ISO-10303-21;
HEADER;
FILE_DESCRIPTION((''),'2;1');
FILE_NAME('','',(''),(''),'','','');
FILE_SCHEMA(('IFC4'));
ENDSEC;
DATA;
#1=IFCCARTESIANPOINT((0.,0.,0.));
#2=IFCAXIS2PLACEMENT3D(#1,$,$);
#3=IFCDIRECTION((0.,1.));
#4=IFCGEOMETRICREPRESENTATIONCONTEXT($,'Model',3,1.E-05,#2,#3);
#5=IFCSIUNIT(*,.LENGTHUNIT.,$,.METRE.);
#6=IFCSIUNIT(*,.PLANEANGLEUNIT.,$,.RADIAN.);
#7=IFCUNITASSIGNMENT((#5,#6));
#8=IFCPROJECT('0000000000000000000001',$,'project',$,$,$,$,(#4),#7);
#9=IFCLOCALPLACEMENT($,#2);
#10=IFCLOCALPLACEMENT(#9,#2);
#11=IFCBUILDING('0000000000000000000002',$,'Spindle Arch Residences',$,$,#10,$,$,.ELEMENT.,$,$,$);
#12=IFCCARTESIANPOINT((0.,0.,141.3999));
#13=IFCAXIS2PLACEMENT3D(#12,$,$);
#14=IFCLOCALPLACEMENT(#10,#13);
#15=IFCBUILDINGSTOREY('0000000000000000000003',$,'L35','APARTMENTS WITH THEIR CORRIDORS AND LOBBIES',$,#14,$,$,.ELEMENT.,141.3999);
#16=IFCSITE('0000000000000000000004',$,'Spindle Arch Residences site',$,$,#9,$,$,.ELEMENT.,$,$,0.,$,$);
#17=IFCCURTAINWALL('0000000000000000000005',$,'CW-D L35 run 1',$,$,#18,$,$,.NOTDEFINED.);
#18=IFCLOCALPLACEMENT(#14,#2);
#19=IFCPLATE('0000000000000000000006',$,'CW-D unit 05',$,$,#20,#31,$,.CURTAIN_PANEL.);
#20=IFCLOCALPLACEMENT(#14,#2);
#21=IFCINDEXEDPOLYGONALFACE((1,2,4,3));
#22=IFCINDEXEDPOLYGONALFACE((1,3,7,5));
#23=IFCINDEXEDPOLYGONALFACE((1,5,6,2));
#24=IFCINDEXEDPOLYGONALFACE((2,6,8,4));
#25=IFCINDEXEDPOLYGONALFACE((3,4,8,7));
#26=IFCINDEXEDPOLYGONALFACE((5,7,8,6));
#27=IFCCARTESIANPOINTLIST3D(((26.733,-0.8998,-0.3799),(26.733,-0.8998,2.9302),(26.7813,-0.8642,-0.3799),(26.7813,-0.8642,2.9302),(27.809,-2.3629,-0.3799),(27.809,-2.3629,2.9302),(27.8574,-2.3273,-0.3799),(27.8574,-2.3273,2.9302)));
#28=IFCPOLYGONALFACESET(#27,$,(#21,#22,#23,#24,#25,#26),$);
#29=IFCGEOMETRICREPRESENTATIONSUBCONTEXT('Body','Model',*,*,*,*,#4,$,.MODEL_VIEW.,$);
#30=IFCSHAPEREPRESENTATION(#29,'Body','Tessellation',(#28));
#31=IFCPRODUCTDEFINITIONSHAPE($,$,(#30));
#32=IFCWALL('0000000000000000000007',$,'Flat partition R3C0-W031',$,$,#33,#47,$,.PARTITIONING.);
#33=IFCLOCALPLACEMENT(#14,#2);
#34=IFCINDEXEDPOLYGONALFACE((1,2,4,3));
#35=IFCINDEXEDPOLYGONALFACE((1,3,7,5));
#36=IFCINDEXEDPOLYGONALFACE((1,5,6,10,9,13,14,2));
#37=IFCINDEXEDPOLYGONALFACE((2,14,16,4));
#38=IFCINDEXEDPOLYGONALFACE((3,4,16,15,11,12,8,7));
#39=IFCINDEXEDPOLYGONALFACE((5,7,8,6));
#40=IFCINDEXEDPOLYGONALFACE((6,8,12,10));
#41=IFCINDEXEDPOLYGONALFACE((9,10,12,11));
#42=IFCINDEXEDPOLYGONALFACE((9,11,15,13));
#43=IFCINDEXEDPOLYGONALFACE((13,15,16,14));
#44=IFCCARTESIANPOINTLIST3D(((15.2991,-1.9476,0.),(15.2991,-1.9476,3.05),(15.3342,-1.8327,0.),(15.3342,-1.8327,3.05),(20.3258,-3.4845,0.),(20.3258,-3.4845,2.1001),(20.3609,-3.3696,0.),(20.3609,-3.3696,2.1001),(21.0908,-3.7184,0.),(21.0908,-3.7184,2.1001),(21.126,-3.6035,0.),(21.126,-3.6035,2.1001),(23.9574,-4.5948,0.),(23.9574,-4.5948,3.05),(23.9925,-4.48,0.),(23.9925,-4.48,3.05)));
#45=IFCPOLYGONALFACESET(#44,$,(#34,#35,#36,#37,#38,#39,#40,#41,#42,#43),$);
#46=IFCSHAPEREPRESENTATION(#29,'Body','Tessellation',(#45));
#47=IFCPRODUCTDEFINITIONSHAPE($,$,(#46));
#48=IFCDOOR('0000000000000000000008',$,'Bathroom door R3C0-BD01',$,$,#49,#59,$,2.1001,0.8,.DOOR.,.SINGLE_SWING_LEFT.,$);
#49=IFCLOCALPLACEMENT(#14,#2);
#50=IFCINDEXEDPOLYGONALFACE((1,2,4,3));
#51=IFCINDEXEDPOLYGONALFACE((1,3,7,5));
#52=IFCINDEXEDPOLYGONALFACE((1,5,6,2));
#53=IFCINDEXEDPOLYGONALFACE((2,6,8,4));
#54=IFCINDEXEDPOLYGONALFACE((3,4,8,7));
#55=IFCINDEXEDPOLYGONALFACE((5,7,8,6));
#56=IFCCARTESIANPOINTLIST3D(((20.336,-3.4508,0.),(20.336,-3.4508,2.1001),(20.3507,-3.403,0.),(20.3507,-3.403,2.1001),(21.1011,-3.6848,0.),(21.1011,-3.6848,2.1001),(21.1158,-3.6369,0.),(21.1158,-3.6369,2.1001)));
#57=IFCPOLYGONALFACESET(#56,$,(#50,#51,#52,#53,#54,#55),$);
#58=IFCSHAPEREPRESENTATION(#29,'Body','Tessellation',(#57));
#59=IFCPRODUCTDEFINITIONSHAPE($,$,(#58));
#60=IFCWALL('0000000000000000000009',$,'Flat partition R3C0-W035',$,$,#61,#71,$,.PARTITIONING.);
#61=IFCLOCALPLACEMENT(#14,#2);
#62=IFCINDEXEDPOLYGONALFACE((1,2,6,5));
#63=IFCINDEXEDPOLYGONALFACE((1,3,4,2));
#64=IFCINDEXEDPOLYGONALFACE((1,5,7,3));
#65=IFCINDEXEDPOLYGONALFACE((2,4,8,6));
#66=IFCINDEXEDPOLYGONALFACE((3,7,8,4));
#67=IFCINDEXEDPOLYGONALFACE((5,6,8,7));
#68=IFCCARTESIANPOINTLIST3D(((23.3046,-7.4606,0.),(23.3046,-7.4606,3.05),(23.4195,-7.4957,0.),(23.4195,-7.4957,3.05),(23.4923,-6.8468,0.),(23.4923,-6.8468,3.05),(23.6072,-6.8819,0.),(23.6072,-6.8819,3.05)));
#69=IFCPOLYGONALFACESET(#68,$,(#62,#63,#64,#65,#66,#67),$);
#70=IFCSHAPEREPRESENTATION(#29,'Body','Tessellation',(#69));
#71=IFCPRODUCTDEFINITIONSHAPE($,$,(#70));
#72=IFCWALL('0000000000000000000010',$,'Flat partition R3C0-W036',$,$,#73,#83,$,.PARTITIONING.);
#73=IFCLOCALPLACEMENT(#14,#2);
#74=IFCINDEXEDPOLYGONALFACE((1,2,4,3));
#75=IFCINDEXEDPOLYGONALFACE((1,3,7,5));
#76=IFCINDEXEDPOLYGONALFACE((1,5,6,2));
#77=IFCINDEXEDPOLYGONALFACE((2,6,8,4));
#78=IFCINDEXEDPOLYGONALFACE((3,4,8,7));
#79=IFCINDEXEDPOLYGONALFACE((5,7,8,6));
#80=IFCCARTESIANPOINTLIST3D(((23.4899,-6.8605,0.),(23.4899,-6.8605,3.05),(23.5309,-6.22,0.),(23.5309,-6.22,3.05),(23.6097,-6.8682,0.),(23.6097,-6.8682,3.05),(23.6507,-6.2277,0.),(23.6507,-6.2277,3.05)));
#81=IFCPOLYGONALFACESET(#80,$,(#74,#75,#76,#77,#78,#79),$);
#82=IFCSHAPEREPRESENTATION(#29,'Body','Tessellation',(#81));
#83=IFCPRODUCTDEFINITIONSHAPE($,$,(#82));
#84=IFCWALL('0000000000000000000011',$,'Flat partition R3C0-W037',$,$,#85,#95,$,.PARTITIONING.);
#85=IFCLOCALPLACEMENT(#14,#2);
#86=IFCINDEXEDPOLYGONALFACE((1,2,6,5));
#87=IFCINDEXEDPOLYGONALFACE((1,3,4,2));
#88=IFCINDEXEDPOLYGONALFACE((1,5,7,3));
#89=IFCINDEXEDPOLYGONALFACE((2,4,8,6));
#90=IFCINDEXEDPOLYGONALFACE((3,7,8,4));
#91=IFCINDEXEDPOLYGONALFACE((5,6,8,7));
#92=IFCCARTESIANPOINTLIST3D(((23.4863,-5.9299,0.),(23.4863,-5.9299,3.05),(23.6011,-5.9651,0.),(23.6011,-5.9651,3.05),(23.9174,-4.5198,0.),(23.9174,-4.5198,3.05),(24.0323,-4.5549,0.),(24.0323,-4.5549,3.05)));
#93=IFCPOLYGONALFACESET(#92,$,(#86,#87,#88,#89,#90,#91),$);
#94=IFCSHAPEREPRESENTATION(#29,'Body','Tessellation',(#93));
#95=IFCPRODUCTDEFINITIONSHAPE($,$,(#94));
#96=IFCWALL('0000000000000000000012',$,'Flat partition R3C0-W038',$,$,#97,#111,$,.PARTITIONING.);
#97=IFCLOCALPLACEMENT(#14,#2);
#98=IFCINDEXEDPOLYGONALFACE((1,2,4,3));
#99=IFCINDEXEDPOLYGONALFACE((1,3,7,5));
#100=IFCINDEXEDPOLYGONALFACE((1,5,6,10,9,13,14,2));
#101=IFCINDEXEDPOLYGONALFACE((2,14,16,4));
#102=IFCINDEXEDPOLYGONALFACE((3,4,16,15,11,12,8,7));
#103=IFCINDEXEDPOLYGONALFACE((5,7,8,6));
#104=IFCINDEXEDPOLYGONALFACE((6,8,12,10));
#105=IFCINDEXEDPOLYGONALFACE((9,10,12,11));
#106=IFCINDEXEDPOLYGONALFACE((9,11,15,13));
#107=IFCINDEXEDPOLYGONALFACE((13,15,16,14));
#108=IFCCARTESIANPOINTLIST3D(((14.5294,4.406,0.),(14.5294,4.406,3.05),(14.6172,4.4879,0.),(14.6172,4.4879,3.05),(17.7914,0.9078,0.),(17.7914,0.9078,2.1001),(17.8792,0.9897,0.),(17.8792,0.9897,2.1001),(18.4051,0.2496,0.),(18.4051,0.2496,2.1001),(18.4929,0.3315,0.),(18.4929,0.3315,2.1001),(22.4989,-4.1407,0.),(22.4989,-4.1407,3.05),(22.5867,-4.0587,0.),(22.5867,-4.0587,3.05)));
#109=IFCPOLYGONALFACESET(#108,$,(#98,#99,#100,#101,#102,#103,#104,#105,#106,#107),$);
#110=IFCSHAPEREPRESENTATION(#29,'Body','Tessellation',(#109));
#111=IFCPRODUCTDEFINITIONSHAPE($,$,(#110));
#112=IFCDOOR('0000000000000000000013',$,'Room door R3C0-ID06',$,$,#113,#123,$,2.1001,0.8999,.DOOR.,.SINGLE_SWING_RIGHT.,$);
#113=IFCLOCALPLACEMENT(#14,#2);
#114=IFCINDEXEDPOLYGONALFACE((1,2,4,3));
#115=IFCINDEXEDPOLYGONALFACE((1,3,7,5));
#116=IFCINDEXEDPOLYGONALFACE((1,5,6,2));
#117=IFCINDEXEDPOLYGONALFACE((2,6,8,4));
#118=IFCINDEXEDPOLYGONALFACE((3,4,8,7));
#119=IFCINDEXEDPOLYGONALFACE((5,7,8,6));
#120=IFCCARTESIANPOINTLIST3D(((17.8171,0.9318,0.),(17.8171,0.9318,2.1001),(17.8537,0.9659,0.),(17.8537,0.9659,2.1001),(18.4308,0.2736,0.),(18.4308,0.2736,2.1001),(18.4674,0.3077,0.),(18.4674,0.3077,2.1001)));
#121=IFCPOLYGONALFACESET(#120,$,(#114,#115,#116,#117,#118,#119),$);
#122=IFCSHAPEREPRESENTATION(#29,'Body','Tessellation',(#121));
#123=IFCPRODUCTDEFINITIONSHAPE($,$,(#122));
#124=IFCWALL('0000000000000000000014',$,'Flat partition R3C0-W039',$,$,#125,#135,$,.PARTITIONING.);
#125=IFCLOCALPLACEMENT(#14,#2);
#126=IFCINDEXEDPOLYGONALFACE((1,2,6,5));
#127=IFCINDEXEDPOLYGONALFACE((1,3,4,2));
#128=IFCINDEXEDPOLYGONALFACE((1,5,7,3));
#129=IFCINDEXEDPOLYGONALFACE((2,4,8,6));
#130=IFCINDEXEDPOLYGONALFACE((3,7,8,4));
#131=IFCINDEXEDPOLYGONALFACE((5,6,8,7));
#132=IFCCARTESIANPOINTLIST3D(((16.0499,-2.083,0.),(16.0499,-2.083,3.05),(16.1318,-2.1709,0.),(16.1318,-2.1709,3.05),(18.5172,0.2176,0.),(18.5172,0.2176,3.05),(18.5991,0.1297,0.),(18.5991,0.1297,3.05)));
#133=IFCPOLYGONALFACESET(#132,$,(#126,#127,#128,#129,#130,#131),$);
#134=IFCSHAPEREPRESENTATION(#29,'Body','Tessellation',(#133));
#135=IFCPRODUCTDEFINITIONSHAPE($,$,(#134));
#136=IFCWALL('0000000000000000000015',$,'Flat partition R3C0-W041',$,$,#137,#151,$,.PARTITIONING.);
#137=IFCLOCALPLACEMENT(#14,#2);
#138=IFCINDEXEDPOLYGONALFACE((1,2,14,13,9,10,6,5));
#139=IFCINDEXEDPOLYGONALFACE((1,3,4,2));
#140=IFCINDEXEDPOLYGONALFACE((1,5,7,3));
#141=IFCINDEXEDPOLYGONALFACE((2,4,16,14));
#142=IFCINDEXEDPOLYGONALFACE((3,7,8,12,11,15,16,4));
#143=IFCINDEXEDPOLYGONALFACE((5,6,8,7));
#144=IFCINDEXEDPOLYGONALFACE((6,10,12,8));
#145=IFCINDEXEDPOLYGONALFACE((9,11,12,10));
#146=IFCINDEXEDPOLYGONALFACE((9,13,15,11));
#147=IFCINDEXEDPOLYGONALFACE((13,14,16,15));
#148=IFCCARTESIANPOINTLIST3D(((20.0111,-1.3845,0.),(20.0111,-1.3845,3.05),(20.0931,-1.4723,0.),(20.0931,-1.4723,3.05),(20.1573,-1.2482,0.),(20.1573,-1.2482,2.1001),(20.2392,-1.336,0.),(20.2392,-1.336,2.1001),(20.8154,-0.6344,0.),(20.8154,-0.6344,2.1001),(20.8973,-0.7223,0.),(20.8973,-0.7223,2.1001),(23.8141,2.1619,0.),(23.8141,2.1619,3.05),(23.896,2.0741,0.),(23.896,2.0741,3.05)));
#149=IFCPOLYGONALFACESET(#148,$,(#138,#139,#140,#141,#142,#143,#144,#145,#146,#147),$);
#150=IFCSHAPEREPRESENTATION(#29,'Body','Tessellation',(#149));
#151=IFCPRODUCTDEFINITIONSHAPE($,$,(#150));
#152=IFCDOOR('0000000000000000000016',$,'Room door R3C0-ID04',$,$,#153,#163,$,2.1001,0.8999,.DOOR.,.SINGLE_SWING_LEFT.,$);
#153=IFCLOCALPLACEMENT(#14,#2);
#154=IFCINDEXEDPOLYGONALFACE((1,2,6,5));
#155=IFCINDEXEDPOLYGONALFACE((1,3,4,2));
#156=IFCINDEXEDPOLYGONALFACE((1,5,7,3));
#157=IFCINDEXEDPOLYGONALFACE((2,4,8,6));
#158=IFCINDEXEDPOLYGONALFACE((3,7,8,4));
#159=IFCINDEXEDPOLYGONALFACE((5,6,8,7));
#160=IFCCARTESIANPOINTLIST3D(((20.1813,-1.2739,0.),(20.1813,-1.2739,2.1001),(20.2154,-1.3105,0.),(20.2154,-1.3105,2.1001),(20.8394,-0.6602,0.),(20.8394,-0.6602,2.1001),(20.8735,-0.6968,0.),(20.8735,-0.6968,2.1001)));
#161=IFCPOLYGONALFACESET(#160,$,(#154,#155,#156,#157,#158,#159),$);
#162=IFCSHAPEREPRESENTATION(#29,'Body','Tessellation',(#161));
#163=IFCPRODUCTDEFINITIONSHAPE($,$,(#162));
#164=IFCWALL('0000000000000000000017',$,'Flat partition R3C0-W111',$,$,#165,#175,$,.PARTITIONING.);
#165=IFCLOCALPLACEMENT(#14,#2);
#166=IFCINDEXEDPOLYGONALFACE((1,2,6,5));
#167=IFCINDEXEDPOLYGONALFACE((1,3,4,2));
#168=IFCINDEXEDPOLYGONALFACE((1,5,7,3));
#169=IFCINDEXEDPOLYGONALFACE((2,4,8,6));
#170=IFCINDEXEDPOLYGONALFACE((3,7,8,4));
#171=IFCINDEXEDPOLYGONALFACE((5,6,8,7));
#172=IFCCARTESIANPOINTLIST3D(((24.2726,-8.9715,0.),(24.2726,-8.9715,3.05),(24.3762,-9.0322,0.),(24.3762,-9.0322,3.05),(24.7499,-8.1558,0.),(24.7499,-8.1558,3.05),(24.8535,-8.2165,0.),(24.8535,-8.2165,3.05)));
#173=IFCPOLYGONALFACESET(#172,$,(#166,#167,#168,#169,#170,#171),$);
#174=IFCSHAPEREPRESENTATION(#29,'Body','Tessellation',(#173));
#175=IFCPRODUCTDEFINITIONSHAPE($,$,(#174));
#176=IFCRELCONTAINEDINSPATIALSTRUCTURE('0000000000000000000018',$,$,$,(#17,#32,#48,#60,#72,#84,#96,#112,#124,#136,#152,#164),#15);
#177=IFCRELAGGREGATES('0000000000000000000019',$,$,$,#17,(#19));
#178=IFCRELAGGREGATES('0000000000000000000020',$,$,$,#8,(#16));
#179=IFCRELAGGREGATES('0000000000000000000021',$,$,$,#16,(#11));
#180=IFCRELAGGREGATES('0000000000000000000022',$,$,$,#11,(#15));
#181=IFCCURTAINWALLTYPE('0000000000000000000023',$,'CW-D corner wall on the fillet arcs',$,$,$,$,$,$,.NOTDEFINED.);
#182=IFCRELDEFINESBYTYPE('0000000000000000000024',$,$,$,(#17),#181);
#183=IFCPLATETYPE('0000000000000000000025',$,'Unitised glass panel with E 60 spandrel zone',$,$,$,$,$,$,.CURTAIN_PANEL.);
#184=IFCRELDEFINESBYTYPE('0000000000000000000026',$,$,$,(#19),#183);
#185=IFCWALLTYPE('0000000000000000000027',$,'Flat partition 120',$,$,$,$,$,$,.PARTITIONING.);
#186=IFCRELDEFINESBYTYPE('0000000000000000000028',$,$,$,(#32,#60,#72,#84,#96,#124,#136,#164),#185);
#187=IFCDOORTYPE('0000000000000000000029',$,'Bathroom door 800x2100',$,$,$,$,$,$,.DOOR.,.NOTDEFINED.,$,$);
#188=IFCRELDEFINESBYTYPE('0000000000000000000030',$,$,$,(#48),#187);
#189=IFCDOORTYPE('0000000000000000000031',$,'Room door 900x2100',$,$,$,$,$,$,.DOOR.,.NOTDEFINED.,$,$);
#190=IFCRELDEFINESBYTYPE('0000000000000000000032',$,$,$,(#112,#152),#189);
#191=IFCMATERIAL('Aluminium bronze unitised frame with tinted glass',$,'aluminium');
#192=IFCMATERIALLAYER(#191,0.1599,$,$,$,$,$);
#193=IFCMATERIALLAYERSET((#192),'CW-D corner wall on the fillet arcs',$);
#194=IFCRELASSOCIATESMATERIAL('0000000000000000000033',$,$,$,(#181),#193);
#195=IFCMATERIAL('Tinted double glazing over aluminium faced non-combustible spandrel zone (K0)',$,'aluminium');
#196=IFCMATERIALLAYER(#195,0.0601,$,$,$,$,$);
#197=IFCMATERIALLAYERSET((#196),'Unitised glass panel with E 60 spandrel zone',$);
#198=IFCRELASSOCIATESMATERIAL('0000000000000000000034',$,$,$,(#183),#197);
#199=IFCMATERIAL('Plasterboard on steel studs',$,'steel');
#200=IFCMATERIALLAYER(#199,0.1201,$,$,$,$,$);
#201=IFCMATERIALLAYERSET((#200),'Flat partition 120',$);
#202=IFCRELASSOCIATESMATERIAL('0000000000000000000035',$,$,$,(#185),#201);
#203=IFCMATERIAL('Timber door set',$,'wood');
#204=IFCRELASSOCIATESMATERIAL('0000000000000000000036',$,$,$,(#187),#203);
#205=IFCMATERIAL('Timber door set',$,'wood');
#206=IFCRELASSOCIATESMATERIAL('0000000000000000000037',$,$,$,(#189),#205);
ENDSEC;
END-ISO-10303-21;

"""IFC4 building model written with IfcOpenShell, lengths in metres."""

from ifc_helpers import new_model, si_unit, direction, frame, frame_2d, origin, origin_2d, place, context, subcontext, project, spatial, rectangle, extrude, material, layer, layer_set, type_object, element, fill, aggregate, save


model = new_model("IFC4")

# Units and contexts
model_context = context("Model", 3, precision=1e-05, world=origin(), true_north=direction((0.0, 1.0)))
body_context = subcontext(model_context, "Body", "Model", "MODEL_VIEW")
ifc_project = project(units=[si_unit("LENGTHUNIT", "METRE"), si_unit("PLANEANGLEUNIT", "RADIAN")], contexts=[model_context])

# Site, building, storey
site_placement = place(None, origin())
site = spatial("IfcSite", under=ifc_project, at=site_placement, Name="Spindle Arch Residences site", CompositionType="ELEMENT", RefElevation=0.0)
building_placement = place(site_placement, origin())
building = spatial("IfcBuilding", under=site, at=building_placement, Name="Spindle Arch Residences", CompositionType="ELEMENT")
storey_placement = place(building_placement, frame((0.0, 0.0, 141.3999)))
storey = spatial("IfcBuildingStorey", under=building, at=storey_placement, Name="L35", Description="APARTMENTS WITH THEIR CORRIDORS AND LOBBIES", CompositionType="ELEMENT", Elevation=141.3999)

# Curtain wall
ifc_material_1 = material(Name="Aluminium bronze unitised frame with tinted glass", Category="aluminium")
ifc_layer_1 = layer(ifc_material_1, 0.1599)
ifc_layer_set_1 = layer_set([ifc_layer_1], Name="CW-D corner wall on the fillet arcs")
curtain_wall_type = type_object("IfcCurtainWallType", Name="CW-D corner wall on the fillet arcs", PredefinedType="NOTDEFINED", material=ifc_layer_set_1)
curtain_wall_placement = place(storey_placement, origin())
curtain_wall = element("IfcCurtainWall", 1, at=curtain_wall_placement, inside=storey, type_object=curtain_wall_type, Name="CW-D L35 run 1", PredefinedType="NOTDEFINED")

# Plate
ifc_material_2 = material(Name="Tinted double glazing over aluminium faced non-combustible spandrel zone (K0)", Category="aluminium")
ifc_layer_2 = layer(ifc_material_2, 0.0601)
ifc_layer_set_2 = layer_set([ifc_layer_2], Name="Unitised glass panel with E 60 spandrel zone")
plate_type = type_object("IfcPlateType", Name="Unitised glass panel with E 60 spandrel zone", PredefinedType="CURTAIN_PANEL", material=ifc_layer_set_2)
plate_1_placement = place(storey_placement, frame((27.2952, -1.6135, -0.3799), z_axis=(0.0, 0.0, 1.0), x_axis=(-0.592482, 0.805584, 0.0)))
plate_1 = element("IfcPlate", 2, at=plate_1_placement, type_object=plate_type, Name="CW-D unit 05", PredefinedType="CURTAIN_PANEL", context=body_context, shape_type="SweptSolid", body=[
    extrude(rectangle(XDim=1.8162, YDim=0.0601, at=origin_2d()), origin(), (0.0, 0.0, 1.0), 3.3101),
])
aggregate(curtain_wall, [plate_1])

# Wall, opening, door
ifc_material_3 = material(Name="Plasterboard on steel studs", Category="steel")
ifc_layer_3 = layer(ifc_material_3, 0.1201)
ifc_layer_set_3 = layer_set([ifc_layer_3], Name="Flat partition 120")
wall_type_1 = type_object("IfcWallType", Name="Flat partition 120", PredefinedType="PARTITIONING", material=ifc_layer_set_3)
wall_1_placement = place(storey_placement, frame((23.9749, -4.5374, 0.0), z_axis=(0.0, 0.0, 1.0), x_axis=(-0.9563, 0.292386, 0.0)))
wall_1 = element("IfcWall", 3, at=wall_1_placement, inside=storey, type_object=wall_type_1, Name="Flat partition R3C0-W031", PredefinedType="PARTITIONING", context=body_context, shape_type="SweptSolid", body=[
    extrude(rectangle(XDim=9.054, YDim=0.1201, at=frame_2d((4.5269, 0.0))), origin(), (0.0, 0.0, 1.0), 3.05),
])
opening_1_placement = place(wall_1_placement, frame((2.9976, 0.0, 0.0)))
opening_1 = element("IfcOpeningElement", 4, at=opening_1_placement, cuts=wall_1, PredefinedType="OPENING", context=body_context, shape_type="SweptSolid", body=[
    extrude(rectangle(XDim=0.8, YDim=2.1001, at=frame_2d((0.3999, 1.05))), frame((0.0, 0.0701, 0.0), z_axis=(0.0, -1.0, 0.0), x_axis=(1.0, 0.0, 0.0)), (0.0, 0.0, 1.0), 0.1401),
])
ifc_material_4 = material(Name="Timber door set", Category="wood")
door_type_1 = type_object("IfcDoorType", Name="Bathroom door 800x2100", OperationType="NOTDEFINED", PredefinedType="DOOR", material=ifc_material_4)
door_1_placement = place(opening_1_placement, origin())
door_1 = element("IfcDoor", 5, at=door_1_placement, inside=storey, type_object=door_type_1, Name="Bathroom door R3C0-BD01", OperationType="SINGLE_SWING_LEFT", OverallHeight=2.1001, OverallWidth=0.8, PredefinedType="DOOR", context=body_context, shape_type="SweptSolid", body=[
    extrude(rectangle(XDim=0.8, YDim=2.1001, at=frame_2d((0.3999, 1.05))), frame((0.0, 0.0249, 0.0), z_axis=(0.0, -1.0, 0.0), x_axis=(1.0, 0.0, 0.0)), (0.0, 0.0, 1.0), 0.05),
])
fill(opening_1, door_1)

# Walls
for number, where, z_axis, x_axis, name in (
    (6, (23.3621, -7.478, 0.0), (0.0, 0.0, 1.0), (0.292508, 0.956263, 0.0), "Flat partition R3C0-W035"),
    (7, (23.5498, -6.8643, 0.0), (0.0, 0.0, 1.0), (0.063894, 0.997957, 0.0), "Flat partition R3C0-W036"),
):
    element("IfcWall", number, at=place(storey_placement, frame(where, z_axis=z_axis, x_axis=x_axis)), inside=storey, type_object=wall_type_1, Name=name, PredefinedType="PARTITIONING", context=body_context, shape_type="SweptSolid", body=[
        extrude(rectangle(XDim=0.6418, YDim=0.1201, at=frame_2d((0.3208, 0.0))), origin(), (0.0, 0.0, 1.0), 3.05),
    ])
wall_2_placement = place(storey_placement, frame((23.5437, -5.9475, 0.0), z_axis=(0.0, 0.0, 1.0), x_axis=(0.292387, 0.9563, 0.0)))
element("IfcWall", 8, at=wall_2_placement, inside=storey, type_object=wall_type_1, Name="Flat partition R3C0-W037", PredefinedType="PARTITIONING", context=body_context, shape_type="SweptSolid", body=[
    extrude(rectangle(XDim=1.4746, YDim=0.1201, at=frame_2d((0.7373, 0.0))), origin(), (0.0, 0.0, 1.0), 3.05),
])

# Wall, opening, door
wall_3_placement = place(storey_placement, frame((22.5427, -4.0996, 0.0), z_axis=(0.0, 0.0, 1.0), x_axis=(-0.681981, 0.73137, 0.0)))
wall_3 = element("IfcWall", 9, at=wall_3_placement, inside=storey, type_object=wall_type_1, Name="Flat partition R3C0-W038", PredefinedType="PARTITIONING", context=body_context, shape_type="SweptSolid", body=[
    extrude(rectangle(XDim=11.6858, YDim=0.1201, at=frame_2d((5.8428, 0.0))), origin(), (0.0, 0.0, 1.0), 3.05),
])
opening_2_placement = place(wall_3_placement, frame((6.0027, 0.0, 0.0)))
opening_2 = element("IfcOpeningElement", 10, at=opening_2_placement, cuts=wall_3, PredefinedType="OPENING", context=body_context, shape_type="SweptSolid", body=[
    extrude(rectangle(XDim=0.8999, YDim=2.1001, at=frame_2d((0.45, 1.05))), frame((0.0, 0.0701, 0.0), z_axis=(0.0, -1.0, 0.0), x_axis=(1.0, 0.0, 0.0)), (0.0, 0.0, 1.0), 0.1401),
])
ifc_material_5 = material(Name="Timber door set", Category="wood")
door_type_2 = type_object("IfcDoorType", Name="Room door 900x2100", OperationType="NOTDEFINED", PredefinedType="DOOR", material=ifc_material_5)
door_2_placement = place(opening_2_placement, origin())
door_2 = element("IfcDoor", 11, at=door_2_placement, inside=storey, type_object=door_type_2, Name="Room door R3C0-ID06", OperationType="SINGLE_SWING_RIGHT", OverallHeight=2.1001, OverallWidth=0.8999, PredefinedType="DOOR", context=body_context, shape_type="SweptSolid", body=[
    extrude(rectangle(XDim=0.8999, YDim=2.1001, at=frame_2d((0.45, 1.05))), frame((0.0, 0.0249, 0.0), z_axis=(0.0, -1.0, 0.0), x_axis=(1.0, 0.0, 0.0)), (0.0, 0.0, 1.0), 0.05),
])
fill(opening_2, door_2)

# Wall
wall_4_placement = place(storey_placement, frame((16.0908, -2.127, 0.0), z_axis=(0.0, 0.0, 1.0), x_axis=(0.73139, 0.68196, 0.0)))
element("IfcWall", 12, at=wall_4_placement, inside=storey, type_object=wall_type_1, Name="Flat partition R3C0-W039", PredefinedType="PARTITIONING", context=body_context, shape_type="SweptSolid", body=[
    extrude(rectangle(XDim=3.3735, YDim=0.1201, at=frame_2d((1.6868, 0.0))), origin(), (0.0, 0.0, 1.0), 3.05),
])

# Wall, opening, door
wall_5_placement = place(storey_placement, frame((20.052, -1.4285, 0.0), z_axis=(0.0, 0.0, 1.0), x_axis=(0.731349, 0.682004, 0.0)))
wall_5 = element("IfcWall", 13, at=wall_5_placement, inside=storey, type_object=wall_type_1, Name="Flat partition R3C0-W041", PredefinedType="PARTITIONING", context=body_context, shape_type="SweptSolid", body=[
    extrude(rectangle(XDim=5.2, YDim=0.1201, at=frame_2d((2.6001, 0.0))), origin(), (0.0, 0.0, 1.0), 3.05),
])
opening_3_placement = place(wall_5_placement, frame((0.2, 0.0, 0.0)))
opening_3 = element("IfcOpeningElement", 14, at=opening_3_placement, cuts=wall_5, PredefinedType="OPENING", context=body_context, shape_type="SweptSolid", body=[
    extrude(rectangle(XDim=0.8999, YDim=2.1001, at=frame_2d((0.45, 1.05))), frame((0.0, 0.0701, 0.0), z_axis=(0.0, -1.0, 0.0), x_axis=(1.0, 0.0, 0.0)), (0.0, 0.0, 1.0), 0.1401),
])
door_3_placement = place(opening_3_placement, origin())
door_3 = element("IfcDoor", 15, at=door_3_placement, inside=storey, type_object=door_type_2, Name="Room door R3C0-ID04", OperationType="SINGLE_SWING_LEFT", OverallHeight=2.1001, OverallWidth=0.8999, PredefinedType="DOOR", context=body_context, shape_type="SweptSolid", body=[
    extrude(rectangle(XDim=0.8999, YDim=2.1001, at=frame_2d((0.45, 1.05))), frame((0.0, 0.0249, 0.0), z_axis=(0.0, -1.0, 0.0), x_axis=(1.0, 0.0, 0.0)), (0.0, 0.0, 1.0), 0.05),
])
fill(opening_3, door_3)

# Wall
wall_6_placement = place(storey_placement, frame((24.8018, -8.186, 0.0), z_axis=(0.0, 0.0, 1.0), x_axis=(-0.505043, -0.863094, 0.0)))
element("IfcWall", 16, at=wall_6_placement, inside=storey, type_object=wall_type_1, Name="Flat partition R3C0-W111", PredefinedType="PARTITIONING", context=body_context, shape_type="SweptSolid", body=[
    extrude(rectangle(XDim=0.9451, YDim=0.1201, at=frame_2d((0.4727, 0.0))), origin(), (0.0, 0.0, 1.0), 3.05),
])

save(model, "model.ifc")
